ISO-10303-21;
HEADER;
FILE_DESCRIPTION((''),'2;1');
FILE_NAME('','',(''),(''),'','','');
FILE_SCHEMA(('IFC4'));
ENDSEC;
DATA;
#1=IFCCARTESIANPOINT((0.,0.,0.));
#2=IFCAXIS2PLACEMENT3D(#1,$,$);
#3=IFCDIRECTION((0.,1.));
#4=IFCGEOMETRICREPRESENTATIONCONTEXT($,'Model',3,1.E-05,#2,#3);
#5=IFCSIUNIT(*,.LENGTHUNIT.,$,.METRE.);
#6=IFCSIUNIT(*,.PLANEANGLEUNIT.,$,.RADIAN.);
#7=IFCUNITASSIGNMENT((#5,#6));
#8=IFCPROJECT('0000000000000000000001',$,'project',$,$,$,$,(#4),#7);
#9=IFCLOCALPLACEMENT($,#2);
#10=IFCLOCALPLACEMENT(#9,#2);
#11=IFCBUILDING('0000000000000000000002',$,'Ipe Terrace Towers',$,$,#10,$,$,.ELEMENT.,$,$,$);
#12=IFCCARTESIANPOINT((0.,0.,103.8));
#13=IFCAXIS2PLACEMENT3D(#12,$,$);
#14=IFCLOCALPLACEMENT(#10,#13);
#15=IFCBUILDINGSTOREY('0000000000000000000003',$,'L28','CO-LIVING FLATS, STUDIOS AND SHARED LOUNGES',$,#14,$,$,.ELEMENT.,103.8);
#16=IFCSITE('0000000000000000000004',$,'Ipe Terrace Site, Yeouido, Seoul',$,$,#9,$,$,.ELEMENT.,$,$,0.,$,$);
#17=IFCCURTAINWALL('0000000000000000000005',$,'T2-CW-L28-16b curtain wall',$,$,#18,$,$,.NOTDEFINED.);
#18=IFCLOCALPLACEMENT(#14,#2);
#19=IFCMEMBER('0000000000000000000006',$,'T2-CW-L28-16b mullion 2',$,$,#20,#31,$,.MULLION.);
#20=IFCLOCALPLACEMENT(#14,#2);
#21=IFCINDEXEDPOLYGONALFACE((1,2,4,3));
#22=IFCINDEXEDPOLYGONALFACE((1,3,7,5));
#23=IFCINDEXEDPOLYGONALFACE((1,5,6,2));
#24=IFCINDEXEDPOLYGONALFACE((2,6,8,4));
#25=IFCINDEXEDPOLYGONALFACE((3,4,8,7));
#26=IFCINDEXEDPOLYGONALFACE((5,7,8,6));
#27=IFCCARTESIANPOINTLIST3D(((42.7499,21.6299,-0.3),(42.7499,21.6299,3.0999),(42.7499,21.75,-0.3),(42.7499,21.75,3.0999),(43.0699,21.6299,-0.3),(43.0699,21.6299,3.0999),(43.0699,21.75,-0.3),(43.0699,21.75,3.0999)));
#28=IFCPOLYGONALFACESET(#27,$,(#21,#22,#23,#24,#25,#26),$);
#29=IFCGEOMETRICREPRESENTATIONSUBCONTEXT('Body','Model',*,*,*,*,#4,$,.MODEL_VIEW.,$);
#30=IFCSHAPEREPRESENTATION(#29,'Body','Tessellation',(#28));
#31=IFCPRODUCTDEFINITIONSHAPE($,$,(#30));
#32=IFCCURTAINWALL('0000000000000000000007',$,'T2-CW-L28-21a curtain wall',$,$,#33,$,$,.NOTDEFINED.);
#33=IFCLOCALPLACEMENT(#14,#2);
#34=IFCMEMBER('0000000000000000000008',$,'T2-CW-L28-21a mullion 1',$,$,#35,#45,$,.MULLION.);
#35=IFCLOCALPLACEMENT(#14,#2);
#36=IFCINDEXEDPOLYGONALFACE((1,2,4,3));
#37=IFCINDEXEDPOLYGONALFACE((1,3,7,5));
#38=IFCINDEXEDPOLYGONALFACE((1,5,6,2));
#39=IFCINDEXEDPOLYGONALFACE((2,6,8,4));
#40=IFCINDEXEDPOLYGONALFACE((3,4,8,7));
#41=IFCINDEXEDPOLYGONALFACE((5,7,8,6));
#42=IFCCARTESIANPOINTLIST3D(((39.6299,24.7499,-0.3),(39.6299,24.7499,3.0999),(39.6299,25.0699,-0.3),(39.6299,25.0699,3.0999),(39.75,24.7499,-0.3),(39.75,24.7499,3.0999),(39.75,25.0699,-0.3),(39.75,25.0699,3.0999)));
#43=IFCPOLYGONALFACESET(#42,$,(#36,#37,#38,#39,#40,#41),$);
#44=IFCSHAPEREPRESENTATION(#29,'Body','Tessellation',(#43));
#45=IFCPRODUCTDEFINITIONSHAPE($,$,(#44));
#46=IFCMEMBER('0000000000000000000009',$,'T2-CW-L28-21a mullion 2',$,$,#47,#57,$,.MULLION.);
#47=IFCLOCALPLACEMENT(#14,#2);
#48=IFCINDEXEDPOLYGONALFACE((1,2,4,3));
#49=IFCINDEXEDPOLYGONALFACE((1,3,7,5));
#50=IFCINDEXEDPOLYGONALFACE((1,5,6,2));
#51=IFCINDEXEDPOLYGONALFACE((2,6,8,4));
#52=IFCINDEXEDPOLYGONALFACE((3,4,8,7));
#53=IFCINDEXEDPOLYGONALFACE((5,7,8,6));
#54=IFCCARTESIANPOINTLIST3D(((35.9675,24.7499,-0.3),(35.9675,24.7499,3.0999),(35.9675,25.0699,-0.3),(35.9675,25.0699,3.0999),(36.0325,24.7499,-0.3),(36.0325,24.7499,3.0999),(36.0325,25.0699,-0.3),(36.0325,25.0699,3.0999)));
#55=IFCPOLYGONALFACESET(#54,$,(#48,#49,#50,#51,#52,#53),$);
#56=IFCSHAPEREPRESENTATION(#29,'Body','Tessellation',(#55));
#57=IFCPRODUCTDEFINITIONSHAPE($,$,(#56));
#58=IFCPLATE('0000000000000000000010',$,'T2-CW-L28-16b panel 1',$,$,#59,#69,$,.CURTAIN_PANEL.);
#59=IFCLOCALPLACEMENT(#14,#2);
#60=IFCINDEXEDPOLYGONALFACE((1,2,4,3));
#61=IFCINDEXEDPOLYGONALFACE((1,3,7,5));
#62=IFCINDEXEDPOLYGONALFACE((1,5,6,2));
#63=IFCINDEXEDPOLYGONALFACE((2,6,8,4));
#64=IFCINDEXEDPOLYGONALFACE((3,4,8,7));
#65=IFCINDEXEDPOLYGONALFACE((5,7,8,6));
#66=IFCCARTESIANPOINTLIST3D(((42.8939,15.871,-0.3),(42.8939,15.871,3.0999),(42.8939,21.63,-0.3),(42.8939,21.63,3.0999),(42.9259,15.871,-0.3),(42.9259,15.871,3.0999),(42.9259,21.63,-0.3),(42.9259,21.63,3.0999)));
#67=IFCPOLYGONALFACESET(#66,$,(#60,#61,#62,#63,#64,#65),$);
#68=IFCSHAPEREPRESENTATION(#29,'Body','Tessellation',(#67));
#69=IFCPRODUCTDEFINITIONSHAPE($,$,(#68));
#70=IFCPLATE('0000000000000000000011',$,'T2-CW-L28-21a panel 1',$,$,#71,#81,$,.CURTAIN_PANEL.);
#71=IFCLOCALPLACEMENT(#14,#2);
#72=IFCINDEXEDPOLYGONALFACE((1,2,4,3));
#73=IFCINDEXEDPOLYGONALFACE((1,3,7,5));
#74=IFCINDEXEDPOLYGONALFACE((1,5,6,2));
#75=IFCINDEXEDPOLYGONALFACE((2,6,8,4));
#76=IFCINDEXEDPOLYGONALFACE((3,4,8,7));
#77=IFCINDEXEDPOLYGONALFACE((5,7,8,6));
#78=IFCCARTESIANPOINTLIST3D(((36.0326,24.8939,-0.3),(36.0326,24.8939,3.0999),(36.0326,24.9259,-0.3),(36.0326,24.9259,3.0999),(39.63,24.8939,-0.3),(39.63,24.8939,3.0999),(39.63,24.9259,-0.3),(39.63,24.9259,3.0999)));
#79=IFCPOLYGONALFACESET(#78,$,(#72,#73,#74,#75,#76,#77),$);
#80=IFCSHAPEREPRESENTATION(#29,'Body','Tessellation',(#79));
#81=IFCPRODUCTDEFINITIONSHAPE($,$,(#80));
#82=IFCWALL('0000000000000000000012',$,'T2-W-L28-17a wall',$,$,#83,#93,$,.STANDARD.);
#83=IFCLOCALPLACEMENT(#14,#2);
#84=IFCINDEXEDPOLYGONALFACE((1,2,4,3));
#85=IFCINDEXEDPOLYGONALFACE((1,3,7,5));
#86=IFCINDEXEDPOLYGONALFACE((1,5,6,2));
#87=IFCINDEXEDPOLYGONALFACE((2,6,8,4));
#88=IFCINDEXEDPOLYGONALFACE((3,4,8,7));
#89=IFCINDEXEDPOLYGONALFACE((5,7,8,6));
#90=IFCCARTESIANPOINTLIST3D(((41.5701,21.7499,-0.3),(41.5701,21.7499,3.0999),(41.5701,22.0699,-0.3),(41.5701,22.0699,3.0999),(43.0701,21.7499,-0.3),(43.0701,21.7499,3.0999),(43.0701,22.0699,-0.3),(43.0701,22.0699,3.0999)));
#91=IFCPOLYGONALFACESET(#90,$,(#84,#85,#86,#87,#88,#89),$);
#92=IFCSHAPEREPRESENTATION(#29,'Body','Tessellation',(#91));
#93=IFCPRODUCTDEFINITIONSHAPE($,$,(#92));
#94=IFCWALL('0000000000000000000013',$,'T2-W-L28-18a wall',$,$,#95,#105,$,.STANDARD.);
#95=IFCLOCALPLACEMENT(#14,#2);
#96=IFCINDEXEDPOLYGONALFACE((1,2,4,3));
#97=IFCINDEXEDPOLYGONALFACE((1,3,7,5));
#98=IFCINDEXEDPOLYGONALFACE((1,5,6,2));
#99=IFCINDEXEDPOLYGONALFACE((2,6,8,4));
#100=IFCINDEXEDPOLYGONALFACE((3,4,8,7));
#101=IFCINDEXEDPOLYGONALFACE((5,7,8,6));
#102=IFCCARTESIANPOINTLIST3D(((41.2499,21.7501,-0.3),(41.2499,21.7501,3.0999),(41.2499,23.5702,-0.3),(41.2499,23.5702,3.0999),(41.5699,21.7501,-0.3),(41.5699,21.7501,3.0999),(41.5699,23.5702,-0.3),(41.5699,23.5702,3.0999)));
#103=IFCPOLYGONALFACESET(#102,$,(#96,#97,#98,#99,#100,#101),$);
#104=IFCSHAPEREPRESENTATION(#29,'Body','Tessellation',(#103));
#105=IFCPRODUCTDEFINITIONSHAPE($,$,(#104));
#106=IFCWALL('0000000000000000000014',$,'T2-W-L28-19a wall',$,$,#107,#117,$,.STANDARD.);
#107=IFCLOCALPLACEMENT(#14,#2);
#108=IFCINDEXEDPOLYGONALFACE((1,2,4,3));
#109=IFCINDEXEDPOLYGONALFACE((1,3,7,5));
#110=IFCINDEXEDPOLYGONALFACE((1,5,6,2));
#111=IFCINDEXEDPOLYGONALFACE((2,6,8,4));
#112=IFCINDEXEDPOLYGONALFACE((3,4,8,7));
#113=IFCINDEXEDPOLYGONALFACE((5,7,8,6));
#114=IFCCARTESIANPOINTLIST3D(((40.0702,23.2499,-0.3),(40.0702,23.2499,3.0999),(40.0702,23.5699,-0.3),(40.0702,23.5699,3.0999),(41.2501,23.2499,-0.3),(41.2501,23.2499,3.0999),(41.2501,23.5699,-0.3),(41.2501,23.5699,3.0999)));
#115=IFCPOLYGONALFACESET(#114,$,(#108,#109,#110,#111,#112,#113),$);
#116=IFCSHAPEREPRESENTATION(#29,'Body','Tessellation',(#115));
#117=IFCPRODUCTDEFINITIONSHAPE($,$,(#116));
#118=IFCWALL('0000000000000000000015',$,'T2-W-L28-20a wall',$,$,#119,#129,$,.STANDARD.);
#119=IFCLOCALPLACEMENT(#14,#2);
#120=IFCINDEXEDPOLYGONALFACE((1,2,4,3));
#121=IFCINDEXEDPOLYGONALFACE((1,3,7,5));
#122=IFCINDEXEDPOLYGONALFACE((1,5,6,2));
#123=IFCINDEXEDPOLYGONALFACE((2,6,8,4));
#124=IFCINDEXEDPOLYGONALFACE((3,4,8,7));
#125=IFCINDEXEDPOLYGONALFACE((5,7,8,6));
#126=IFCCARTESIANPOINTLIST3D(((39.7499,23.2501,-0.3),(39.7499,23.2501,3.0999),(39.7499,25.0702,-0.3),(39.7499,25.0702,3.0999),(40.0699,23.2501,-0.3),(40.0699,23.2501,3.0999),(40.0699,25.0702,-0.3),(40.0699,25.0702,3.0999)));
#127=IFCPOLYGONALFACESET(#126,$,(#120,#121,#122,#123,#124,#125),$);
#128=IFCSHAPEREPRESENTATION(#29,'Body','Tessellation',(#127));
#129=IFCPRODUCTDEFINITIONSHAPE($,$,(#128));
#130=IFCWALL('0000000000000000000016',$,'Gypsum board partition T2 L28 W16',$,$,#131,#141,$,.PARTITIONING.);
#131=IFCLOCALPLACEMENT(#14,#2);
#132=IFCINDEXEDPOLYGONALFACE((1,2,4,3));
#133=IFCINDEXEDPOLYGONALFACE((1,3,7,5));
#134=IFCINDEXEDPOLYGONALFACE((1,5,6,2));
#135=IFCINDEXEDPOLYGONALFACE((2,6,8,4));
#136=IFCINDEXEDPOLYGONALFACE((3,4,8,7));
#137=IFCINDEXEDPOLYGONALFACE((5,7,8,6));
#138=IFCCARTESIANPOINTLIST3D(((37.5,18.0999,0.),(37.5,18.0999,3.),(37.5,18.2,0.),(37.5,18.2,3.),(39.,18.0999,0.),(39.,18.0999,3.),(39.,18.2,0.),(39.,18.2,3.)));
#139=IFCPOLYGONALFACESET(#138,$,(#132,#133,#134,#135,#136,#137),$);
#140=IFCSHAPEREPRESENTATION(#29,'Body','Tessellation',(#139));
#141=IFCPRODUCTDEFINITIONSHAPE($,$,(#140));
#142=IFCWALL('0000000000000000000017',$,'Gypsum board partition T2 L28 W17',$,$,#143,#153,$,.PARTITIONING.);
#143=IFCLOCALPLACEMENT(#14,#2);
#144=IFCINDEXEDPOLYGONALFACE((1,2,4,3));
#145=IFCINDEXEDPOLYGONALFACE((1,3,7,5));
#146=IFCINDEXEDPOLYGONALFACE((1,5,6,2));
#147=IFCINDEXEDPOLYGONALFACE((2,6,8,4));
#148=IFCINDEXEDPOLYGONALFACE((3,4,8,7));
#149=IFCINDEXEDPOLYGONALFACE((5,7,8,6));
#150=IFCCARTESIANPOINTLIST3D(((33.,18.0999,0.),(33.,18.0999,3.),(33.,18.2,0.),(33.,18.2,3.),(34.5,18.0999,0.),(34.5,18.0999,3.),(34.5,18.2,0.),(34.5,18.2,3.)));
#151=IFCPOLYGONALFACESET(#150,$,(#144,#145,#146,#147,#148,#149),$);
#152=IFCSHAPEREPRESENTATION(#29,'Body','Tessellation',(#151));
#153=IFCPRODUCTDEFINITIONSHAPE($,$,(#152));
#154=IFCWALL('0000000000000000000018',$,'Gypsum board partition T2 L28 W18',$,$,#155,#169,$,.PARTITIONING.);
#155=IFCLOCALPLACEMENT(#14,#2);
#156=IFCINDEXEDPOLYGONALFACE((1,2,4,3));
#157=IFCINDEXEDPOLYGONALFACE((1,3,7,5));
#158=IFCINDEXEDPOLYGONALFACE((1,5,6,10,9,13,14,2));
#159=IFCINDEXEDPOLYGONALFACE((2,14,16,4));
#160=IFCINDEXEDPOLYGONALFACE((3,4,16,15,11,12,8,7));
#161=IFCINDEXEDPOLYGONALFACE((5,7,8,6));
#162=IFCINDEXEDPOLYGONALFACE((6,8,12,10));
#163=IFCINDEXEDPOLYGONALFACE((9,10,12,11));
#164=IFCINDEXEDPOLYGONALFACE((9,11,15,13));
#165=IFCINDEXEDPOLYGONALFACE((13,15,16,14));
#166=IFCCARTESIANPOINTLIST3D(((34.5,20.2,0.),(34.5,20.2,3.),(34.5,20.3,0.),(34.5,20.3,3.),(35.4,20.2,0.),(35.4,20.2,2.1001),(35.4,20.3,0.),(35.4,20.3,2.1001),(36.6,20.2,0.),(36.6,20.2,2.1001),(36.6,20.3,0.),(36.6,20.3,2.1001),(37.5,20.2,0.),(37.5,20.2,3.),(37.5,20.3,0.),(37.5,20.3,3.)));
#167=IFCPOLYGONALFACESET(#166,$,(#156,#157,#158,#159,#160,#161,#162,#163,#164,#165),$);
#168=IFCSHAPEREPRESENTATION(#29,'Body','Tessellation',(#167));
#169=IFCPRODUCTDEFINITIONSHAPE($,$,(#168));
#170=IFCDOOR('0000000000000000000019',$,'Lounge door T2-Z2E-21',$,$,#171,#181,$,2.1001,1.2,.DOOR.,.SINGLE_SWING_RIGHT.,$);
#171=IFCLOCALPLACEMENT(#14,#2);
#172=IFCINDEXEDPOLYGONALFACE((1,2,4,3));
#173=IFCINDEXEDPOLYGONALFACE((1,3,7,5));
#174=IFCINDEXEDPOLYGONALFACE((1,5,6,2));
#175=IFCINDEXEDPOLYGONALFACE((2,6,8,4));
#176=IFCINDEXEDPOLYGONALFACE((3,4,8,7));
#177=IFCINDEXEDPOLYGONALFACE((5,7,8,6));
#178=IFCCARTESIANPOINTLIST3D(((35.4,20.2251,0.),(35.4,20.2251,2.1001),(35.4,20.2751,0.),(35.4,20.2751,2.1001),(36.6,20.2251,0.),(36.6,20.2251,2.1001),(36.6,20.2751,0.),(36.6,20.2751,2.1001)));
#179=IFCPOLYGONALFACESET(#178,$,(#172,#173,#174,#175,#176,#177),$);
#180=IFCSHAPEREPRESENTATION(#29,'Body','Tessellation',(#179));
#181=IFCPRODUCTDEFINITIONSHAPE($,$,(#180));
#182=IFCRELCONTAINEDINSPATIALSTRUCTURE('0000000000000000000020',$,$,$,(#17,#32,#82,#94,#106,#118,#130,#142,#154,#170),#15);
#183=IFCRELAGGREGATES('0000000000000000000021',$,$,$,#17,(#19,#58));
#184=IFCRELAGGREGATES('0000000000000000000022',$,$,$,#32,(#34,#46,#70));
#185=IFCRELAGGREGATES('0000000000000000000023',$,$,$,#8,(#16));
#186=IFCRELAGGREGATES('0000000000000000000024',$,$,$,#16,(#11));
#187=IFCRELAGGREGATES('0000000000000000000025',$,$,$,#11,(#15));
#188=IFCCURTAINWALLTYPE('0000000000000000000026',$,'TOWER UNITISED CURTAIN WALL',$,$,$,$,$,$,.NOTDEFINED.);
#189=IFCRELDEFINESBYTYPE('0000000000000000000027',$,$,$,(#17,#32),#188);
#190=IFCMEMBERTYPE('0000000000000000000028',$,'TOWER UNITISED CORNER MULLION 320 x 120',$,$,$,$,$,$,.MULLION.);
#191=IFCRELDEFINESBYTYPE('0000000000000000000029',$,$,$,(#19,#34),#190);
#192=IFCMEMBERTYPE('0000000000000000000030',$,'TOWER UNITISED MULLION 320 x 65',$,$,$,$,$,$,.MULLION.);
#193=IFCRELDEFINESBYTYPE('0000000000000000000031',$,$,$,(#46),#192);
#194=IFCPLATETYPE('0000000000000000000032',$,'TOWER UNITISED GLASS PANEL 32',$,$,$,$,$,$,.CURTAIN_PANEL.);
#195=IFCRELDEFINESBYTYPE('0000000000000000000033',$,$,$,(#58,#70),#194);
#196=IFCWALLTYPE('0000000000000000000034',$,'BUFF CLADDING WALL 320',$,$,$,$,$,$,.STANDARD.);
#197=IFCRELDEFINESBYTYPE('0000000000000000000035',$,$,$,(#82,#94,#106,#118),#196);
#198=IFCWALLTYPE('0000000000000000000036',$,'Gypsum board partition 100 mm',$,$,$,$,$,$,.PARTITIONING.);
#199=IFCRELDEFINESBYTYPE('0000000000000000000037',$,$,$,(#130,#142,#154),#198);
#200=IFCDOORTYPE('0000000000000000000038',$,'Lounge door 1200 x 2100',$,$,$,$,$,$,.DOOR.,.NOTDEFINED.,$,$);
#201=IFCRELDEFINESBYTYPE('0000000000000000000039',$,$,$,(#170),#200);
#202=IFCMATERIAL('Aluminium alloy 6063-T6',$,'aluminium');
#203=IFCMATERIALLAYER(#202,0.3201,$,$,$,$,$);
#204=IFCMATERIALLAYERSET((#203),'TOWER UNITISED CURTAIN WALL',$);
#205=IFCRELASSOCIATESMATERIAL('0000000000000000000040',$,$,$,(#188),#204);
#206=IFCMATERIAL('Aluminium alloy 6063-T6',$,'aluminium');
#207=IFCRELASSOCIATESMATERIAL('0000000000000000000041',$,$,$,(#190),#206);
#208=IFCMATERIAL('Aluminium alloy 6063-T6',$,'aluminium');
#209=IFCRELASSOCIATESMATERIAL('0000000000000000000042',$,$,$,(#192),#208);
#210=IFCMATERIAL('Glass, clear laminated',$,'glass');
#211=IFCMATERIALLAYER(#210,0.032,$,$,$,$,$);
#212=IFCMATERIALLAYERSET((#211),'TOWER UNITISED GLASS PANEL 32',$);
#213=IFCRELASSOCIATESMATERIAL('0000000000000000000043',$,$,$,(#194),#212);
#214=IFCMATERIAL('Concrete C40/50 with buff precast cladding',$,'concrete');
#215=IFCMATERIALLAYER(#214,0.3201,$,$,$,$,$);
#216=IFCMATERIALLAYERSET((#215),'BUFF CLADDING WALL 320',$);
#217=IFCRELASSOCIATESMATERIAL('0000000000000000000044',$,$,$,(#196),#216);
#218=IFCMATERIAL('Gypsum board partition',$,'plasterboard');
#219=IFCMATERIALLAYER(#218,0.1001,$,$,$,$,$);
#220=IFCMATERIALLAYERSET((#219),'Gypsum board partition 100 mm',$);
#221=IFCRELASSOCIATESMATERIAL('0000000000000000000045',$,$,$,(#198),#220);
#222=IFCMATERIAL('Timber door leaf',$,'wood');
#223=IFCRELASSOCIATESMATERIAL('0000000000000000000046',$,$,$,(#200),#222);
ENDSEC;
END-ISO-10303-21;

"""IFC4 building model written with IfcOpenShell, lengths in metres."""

from ifc_helpers import new_model, si_unit, direction, frame, frame_2d, origin, origin_2d, place, context, subcontext, project, spatial, rectangle, extrude, material, layer, layer_set, material_profile, profile_set, type_object, element, fill, aggregate, save


model = new_model("IFC4")

# Units and contexts
model_context = context("Model", 3, precision=1e-05, world=origin(), true_north=direction((0.0, 1.0)))
body_context = subcontext(model_context, "Body", "Model", "MODEL_VIEW")
ifc_project = project(units=[si_unit("LENGTHUNIT", "METRE"), si_unit("PLANEANGLEUNIT", "RADIAN")], contexts=[model_context])

# Site, building, storey
site_placement = place(None, origin())
site = spatial("IfcSite", under=ifc_project, at=site_placement, Name="Ipe Terrace Site, Yeouido, Seoul", CompositionType="ELEMENT", RefElevation=0.0)
building_placement = place(site_placement, origin())
building = spatial("IfcBuilding", under=site, at=building_placement, Name="Ipe Terrace Towers", CompositionType="ELEMENT")
storey_placement = place(building_placement, frame((0.0, 0.0, 103.8)))
storey = spatial("IfcBuildingStorey", under=building, at=storey_placement, Name="L28", Description="CO-LIVING FLATS, STUDIOS AND SHARED LOUNGES", CompositionType="ELEMENT", Elevation=103.8)

# Curtain walls, members
ifc_material_1 = material(Name="Aluminium alloy 6063-T6", Category="aluminium")
ifc_layer_1 = layer(ifc_material_1, 0.3201)
ifc_layer_set_1 = layer_set([ifc_layer_1], Name="TOWER UNITISED CURTAIN WALL")
curtain_wall_type = type_object("IfcCurtainWallType", Name="TOWER UNITISED CURTAIN WALL", PredefinedType="NOTDEFINED", material=ifc_layer_set_1)
curtain_wall_1_placement = place(storey_placement, origin())
curtain_wall_1 = element("IfcCurtainWall", 1, at=curtain_wall_1_placement, inside=storey, type_object=curtain_wall_type, Name="T2-CW-L28-16b curtain wall", PredefinedType="NOTDEFINED")
ifc_material_2 = material(Name="Aluminium alloy 6063-T6", Category="aluminium")
ifc_material_profile_1 = material_profile(ifc_material_2, rectangle(XDim=0.3201, YDim=0.1201, at=origin_2d()), Name="TOWER UNITISED CORNER MULLION 320 x 120")
ifc_profile_set_1 = profile_set([ifc_material_profile_1], Name="Aluminium alloy 6063-T6")
member_type_1 = type_object("IfcMemberType", Name="TOWER UNITISED CORNER MULLION 320 x 120", PredefinedType="MULLION", material=ifc_profile_set_1)
member_1_placement = place(storey_placement, frame((42.9099, 21.6899, -0.3), z_axis=(0.0, 0.0, 1.0), x_axis=(1.0, 0.0, 0.0)))
member_1 = element("IfcMember", 2, at=member_1_placement, type_object=member_type_1, Name="T2-CW-L28-16b mullion 2", PredefinedType="MULLION", context=body_context, shape_type="SweptSolid", body=[
    extrude(rectangle(XDim=0.3201, YDim=0.1201, at=origin_2d()), origin(), (0.0, 0.0, 1.0), 3.3999),
])
curtain_wall_2_placement = place(storey_placement, origin())
curtain_wall_2 = element("IfcCurtainWall", 3, at=curtain_wall_2_placement, inside=storey, type_object=curtain_wall_type, Name="T2-CW-L28-21a curtain wall", PredefinedType="NOTDEFINED")
member_2_placement = place(storey_placement, frame((39.6899, 24.9099, -0.3), z_axis=(0.0, 0.0, 1.0), x_axis=(0.0, 1.0, 0.0)))
member_2 = element("IfcMember", 4, at=member_2_placement, type_object=member_type_1, Name="T2-CW-L28-21a mullion 1", PredefinedType="MULLION", context=body_context, shape_type="SweptSolid", body=[
    extrude(rectangle(XDim=0.3201, YDim=0.1201, at=origin_2d()), origin(), (0.0, 0.0, 1.0), 3.3999),
])
ifc_material_3 = material(Name="Aluminium alloy 6063-T6", Category="aluminium")
ifc_material_profile_2 = material_profile(ifc_material_3, rectangle(XDim=0.3201, YDim=0.0649, at=origin_2d()), Name="TOWER UNITISED MULLION 320 x 65")
ifc_profile_set_2 = profile_set([ifc_material_profile_2], Name="Aluminium alloy 6063-T6")
member_type_2 = type_object("IfcMemberType", Name="TOWER UNITISED MULLION 320 x 65", PredefinedType="MULLION", material=ifc_profile_set_2)
member_3_placement = place(storey_placement, frame((36.0, 24.9099, -0.3), z_axis=(0.0, 0.0, 1.0), x_axis=(0.0, 1.0, 0.0)))
member_3 = element("IfcMember", 5, at=member_3_placement, type_object=member_type_2, Name="T2-CW-L28-21a mullion 2", PredefinedType="MULLION", context=body_context, shape_type="SweptSolid", body=[
    extrude(rectangle(XDim=0.3201, YDim=0.0649, at=origin_2d()), origin(), (0.0, 0.0, 1.0), 3.3999),
])

# Plates
ifc_material_4 = material(Name="Glass, clear laminated", Category="glass")
ifc_layer_2 = layer(ifc_material_4, 0.032)
ifc_layer_set_2 = layer_set([ifc_layer_2], Name="TOWER UNITISED GLASS PANEL 32")
plate_type = type_object("IfcPlateType", Name="TOWER UNITISED GLASS PANEL 32", PredefinedType="CURTAIN_PANEL", material=ifc_layer_set_2)
plate_1_placement = place(storey_placement, frame((42.9099, 18.7505, -0.3), z_axis=(0.0, 0.0, 1.0), x_axis=(0.0, 1.0, 0.0)))
plate_1 = element("IfcPlate", 6, at=plate_1_placement, type_object=plate_type, Name="T2-CW-L28-16b panel 1", PredefinedType="CURTAIN_PANEL", context=body_context, shape_type="SweptSolid", body=[
    extrude(rectangle(XDim=5.759, YDim=0.032, at=origin_2d()), origin(), (0.0, 0.0, 1.0), 3.3999),
])
aggregate(curtain_wall_1, [member_1, plate_1])
plate_2_placement = place(storey_placement, frame((37.8313, 24.9099, -0.3), z_axis=(0.0, 0.0, 1.0), x_axis=(-1.0, 0.0, 0.0)))
plate_2 = element("IfcPlate", 7, at=plate_2_placement, type_object=plate_type, Name="T2-CW-L28-21a panel 1", PredefinedType="CURTAIN_PANEL", context=body_context, shape_type="SweptSolid", body=[
    extrude(rectangle(XDim=3.5974, YDim=0.032, at=origin_2d()), origin(), (0.0, 0.0, 1.0), 3.3999),
])
aggregate(curtain_wall_2, [member_2, member_3, plate_2])

# Walls
ifc_material_5 = material(Name="Concrete C40/50 with buff precast cladding", Category="concrete")
ifc_layer_3 = layer(ifc_material_5, 0.3201)
ifc_layer_set_3 = layer_set([ifc_layer_3], Name="BUFF CLADDING WALL 320")
wall_type_1 = type_object("IfcWallType", Name="BUFF CLADDING WALL 320", PredefinedType="STANDARD", material=ifc_layer_set_3)
wall_1_placement = place(storey_placement, frame((43.0701, 21.9099, -0.3), z_axis=(0.0, 0.0, 1.0), x_axis=(-1.0, 0.0, 0.0)))
element("IfcWall", 8, at=wall_1_placement, inside=storey, type_object=wall_type_1, Name="T2-W-L28-17a wall", PredefinedType="STANDARD", context=body_context, shape_type="SweptSolid", body=[
    extrude(rectangle(XDim=1.5, YDim=0.3201, at=frame_2d((0.75, 0.0))), origin(), (0.0, 0.0, 1.0), 3.3999),
])
wall_2_placement = place(storey_placement, frame((41.4099, 21.75, -0.3), z_axis=(0.0, 0.0, 1.0), x_axis=(0.0, 1.0, 0.0)))
element("IfcWall", 9, at=wall_2_placement, inside=storey, type_object=wall_type_1, Name="T2-W-L28-18a wall", PredefinedType="STANDARD", context=body_context, shape_type="SweptSolid", body=[
    extrude(rectangle(XDim=1.8201, YDim=0.3201, at=frame_2d((0.9102, 0.0))), origin(), (0.0, 0.0, 1.0), 3.3999),
])
wall_3_placement = place(storey_placement, frame((41.25, 23.4099, -0.3), z_axis=(0.0, 0.0, 1.0), x_axis=(-1.0, 0.0, 0.0)))
element("IfcWall", 10, at=wall_3_placement, inside=storey, type_object=wall_type_1, Name="T2-W-L28-19a wall", PredefinedType="STANDARD", context=body_context, shape_type="SweptSolid", body=[
    extrude(rectangle(XDim=1.1799, YDim=0.3201, at=frame_2d((0.5898, 0.0))), origin(), (0.0, 0.0, 1.0), 3.3999),
])
wall_4_placement = place(storey_placement, frame((39.9099, 23.25, -0.3), z_axis=(0.0, 0.0, 1.0), x_axis=(0.0, 1.0, 0.0)))
element("IfcWall", 11, at=wall_4_placement, inside=storey, type_object=wall_type_1, Name="T2-W-L28-20a wall", PredefinedType="STANDARD", context=body_context, shape_type="SweptSolid", body=[
    extrude(rectangle(XDim=1.8201, YDim=0.3201, at=frame_2d((0.9102, 0.0))), origin(), (0.0, 0.0, 1.0), 3.3999),
])
ifc_material_6 = material(Name="Gypsum board partition", Category="plasterboard")
ifc_layer_4 = layer(ifc_material_6, 0.1001)
ifc_layer_set_4 = layer_set([ifc_layer_4], Name="Gypsum board partition 100 mm")
wall_type_2 = type_object("IfcWallType", Name="Gypsum board partition 100 mm", PredefinedType="PARTITIONING", material=ifc_layer_set_4)
for number, where, z_axis, x_axis, name in (
    (12, (39.0, 18.1499, 0.0), (0.0, 0.0, 1.0), (-1.0, 0.0, 0.0), "Gypsum board partition T2 L28 W16"),
    (13, (34.5, 18.1499, 0.0), (0.0, 0.0, 1.0), (-1.0, 0.0, 0.0), "Gypsum board partition T2 L28 W17"),
):
    element("IfcWall", number, at=place(storey_placement, frame(where, z_axis=z_axis, x_axis=x_axis)), inside=storey, type_object=wall_type_2, Name=name, PredefinedType="PARTITIONING", context=body_context, shape_type="SweptSolid", body=[
        extrude(rectangle(XDim=1.5, YDim=0.1001, at=frame_2d((0.75, 0.0))), origin(), (0.0, 0.0, 1.0), 3.0),
    ])

# Wall, opening, door
wall_5_placement = place(storey_placement, frame((37.5, 20.25, 0.0), z_axis=(0.0, 0.0, 1.0), x_axis=(-1.0, 0.0, 0.0)))
wall_5 = element("IfcWall", 14, at=wall_5_placement, inside=storey, type_object=wall_type_2, Name="Gypsum board partition T2 L28 W18", PredefinedType="PARTITIONING", context=body_context, shape_type="SweptSolid", body=[
    extrude(rectangle(XDim=3.0, YDim=0.1001, at=frame_2d((1.5, 0.0))), origin(), (0.0, 0.0, 1.0), 3.0),
])
opening_1_placement = place(wall_5_placement, frame((0.8999, 0.0, 0.0)))
opening_1 = element("IfcOpeningElement", 15, at=opening_1_placement, cuts=wall_5, PredefinedType="OPENING", context=body_context, shape_type="SweptSolid", body=[
    extrude(rectangle(XDim=1.2, YDim=2.1001, at=frame_2d((0.6001, 1.05))), frame((0.0, 0.0601, 0.0), z_axis=(0.0, -1.0, 0.0), x_axis=(1.0, 0.0, 0.0)), (0.0, 0.0, 1.0), 0.1201),
])
ifc_material_7 = material(Name="Timber door leaf", Category="wood")
door_type_1 = type_object("IfcDoorType", Name="Lounge door 1200 x 2100", OperationType="NOTDEFINED", PredefinedType="DOOR", material=ifc_material_7)
door_1_placement = place(opening_1_placement, origin())
door_1 = element("IfcDoor", 16, at=door_1_placement, inside=storey, type_object=door_type_1, Name="Lounge door T2-Z2E-21", OperationType="SINGLE_SWING_RIGHT", OverallHeight=2.1001, OverallWidth=1.2, PredefinedType="DOOR", context=body_context, shape_type="SweptSolid", body=[
    extrude(rectangle(XDim=1.2, YDim=2.1001, at=frame_2d((0.6001, 1.05))), frame((0.0, 0.0249, 0.0), z_axis=(0.0, -1.0, 0.0), x_axis=(1.0, 0.0, 0.0)), (0.0, 0.0, 1.0), 0.05),
])
fill(opening_1, door_1)

save(model, "model.ifc")
